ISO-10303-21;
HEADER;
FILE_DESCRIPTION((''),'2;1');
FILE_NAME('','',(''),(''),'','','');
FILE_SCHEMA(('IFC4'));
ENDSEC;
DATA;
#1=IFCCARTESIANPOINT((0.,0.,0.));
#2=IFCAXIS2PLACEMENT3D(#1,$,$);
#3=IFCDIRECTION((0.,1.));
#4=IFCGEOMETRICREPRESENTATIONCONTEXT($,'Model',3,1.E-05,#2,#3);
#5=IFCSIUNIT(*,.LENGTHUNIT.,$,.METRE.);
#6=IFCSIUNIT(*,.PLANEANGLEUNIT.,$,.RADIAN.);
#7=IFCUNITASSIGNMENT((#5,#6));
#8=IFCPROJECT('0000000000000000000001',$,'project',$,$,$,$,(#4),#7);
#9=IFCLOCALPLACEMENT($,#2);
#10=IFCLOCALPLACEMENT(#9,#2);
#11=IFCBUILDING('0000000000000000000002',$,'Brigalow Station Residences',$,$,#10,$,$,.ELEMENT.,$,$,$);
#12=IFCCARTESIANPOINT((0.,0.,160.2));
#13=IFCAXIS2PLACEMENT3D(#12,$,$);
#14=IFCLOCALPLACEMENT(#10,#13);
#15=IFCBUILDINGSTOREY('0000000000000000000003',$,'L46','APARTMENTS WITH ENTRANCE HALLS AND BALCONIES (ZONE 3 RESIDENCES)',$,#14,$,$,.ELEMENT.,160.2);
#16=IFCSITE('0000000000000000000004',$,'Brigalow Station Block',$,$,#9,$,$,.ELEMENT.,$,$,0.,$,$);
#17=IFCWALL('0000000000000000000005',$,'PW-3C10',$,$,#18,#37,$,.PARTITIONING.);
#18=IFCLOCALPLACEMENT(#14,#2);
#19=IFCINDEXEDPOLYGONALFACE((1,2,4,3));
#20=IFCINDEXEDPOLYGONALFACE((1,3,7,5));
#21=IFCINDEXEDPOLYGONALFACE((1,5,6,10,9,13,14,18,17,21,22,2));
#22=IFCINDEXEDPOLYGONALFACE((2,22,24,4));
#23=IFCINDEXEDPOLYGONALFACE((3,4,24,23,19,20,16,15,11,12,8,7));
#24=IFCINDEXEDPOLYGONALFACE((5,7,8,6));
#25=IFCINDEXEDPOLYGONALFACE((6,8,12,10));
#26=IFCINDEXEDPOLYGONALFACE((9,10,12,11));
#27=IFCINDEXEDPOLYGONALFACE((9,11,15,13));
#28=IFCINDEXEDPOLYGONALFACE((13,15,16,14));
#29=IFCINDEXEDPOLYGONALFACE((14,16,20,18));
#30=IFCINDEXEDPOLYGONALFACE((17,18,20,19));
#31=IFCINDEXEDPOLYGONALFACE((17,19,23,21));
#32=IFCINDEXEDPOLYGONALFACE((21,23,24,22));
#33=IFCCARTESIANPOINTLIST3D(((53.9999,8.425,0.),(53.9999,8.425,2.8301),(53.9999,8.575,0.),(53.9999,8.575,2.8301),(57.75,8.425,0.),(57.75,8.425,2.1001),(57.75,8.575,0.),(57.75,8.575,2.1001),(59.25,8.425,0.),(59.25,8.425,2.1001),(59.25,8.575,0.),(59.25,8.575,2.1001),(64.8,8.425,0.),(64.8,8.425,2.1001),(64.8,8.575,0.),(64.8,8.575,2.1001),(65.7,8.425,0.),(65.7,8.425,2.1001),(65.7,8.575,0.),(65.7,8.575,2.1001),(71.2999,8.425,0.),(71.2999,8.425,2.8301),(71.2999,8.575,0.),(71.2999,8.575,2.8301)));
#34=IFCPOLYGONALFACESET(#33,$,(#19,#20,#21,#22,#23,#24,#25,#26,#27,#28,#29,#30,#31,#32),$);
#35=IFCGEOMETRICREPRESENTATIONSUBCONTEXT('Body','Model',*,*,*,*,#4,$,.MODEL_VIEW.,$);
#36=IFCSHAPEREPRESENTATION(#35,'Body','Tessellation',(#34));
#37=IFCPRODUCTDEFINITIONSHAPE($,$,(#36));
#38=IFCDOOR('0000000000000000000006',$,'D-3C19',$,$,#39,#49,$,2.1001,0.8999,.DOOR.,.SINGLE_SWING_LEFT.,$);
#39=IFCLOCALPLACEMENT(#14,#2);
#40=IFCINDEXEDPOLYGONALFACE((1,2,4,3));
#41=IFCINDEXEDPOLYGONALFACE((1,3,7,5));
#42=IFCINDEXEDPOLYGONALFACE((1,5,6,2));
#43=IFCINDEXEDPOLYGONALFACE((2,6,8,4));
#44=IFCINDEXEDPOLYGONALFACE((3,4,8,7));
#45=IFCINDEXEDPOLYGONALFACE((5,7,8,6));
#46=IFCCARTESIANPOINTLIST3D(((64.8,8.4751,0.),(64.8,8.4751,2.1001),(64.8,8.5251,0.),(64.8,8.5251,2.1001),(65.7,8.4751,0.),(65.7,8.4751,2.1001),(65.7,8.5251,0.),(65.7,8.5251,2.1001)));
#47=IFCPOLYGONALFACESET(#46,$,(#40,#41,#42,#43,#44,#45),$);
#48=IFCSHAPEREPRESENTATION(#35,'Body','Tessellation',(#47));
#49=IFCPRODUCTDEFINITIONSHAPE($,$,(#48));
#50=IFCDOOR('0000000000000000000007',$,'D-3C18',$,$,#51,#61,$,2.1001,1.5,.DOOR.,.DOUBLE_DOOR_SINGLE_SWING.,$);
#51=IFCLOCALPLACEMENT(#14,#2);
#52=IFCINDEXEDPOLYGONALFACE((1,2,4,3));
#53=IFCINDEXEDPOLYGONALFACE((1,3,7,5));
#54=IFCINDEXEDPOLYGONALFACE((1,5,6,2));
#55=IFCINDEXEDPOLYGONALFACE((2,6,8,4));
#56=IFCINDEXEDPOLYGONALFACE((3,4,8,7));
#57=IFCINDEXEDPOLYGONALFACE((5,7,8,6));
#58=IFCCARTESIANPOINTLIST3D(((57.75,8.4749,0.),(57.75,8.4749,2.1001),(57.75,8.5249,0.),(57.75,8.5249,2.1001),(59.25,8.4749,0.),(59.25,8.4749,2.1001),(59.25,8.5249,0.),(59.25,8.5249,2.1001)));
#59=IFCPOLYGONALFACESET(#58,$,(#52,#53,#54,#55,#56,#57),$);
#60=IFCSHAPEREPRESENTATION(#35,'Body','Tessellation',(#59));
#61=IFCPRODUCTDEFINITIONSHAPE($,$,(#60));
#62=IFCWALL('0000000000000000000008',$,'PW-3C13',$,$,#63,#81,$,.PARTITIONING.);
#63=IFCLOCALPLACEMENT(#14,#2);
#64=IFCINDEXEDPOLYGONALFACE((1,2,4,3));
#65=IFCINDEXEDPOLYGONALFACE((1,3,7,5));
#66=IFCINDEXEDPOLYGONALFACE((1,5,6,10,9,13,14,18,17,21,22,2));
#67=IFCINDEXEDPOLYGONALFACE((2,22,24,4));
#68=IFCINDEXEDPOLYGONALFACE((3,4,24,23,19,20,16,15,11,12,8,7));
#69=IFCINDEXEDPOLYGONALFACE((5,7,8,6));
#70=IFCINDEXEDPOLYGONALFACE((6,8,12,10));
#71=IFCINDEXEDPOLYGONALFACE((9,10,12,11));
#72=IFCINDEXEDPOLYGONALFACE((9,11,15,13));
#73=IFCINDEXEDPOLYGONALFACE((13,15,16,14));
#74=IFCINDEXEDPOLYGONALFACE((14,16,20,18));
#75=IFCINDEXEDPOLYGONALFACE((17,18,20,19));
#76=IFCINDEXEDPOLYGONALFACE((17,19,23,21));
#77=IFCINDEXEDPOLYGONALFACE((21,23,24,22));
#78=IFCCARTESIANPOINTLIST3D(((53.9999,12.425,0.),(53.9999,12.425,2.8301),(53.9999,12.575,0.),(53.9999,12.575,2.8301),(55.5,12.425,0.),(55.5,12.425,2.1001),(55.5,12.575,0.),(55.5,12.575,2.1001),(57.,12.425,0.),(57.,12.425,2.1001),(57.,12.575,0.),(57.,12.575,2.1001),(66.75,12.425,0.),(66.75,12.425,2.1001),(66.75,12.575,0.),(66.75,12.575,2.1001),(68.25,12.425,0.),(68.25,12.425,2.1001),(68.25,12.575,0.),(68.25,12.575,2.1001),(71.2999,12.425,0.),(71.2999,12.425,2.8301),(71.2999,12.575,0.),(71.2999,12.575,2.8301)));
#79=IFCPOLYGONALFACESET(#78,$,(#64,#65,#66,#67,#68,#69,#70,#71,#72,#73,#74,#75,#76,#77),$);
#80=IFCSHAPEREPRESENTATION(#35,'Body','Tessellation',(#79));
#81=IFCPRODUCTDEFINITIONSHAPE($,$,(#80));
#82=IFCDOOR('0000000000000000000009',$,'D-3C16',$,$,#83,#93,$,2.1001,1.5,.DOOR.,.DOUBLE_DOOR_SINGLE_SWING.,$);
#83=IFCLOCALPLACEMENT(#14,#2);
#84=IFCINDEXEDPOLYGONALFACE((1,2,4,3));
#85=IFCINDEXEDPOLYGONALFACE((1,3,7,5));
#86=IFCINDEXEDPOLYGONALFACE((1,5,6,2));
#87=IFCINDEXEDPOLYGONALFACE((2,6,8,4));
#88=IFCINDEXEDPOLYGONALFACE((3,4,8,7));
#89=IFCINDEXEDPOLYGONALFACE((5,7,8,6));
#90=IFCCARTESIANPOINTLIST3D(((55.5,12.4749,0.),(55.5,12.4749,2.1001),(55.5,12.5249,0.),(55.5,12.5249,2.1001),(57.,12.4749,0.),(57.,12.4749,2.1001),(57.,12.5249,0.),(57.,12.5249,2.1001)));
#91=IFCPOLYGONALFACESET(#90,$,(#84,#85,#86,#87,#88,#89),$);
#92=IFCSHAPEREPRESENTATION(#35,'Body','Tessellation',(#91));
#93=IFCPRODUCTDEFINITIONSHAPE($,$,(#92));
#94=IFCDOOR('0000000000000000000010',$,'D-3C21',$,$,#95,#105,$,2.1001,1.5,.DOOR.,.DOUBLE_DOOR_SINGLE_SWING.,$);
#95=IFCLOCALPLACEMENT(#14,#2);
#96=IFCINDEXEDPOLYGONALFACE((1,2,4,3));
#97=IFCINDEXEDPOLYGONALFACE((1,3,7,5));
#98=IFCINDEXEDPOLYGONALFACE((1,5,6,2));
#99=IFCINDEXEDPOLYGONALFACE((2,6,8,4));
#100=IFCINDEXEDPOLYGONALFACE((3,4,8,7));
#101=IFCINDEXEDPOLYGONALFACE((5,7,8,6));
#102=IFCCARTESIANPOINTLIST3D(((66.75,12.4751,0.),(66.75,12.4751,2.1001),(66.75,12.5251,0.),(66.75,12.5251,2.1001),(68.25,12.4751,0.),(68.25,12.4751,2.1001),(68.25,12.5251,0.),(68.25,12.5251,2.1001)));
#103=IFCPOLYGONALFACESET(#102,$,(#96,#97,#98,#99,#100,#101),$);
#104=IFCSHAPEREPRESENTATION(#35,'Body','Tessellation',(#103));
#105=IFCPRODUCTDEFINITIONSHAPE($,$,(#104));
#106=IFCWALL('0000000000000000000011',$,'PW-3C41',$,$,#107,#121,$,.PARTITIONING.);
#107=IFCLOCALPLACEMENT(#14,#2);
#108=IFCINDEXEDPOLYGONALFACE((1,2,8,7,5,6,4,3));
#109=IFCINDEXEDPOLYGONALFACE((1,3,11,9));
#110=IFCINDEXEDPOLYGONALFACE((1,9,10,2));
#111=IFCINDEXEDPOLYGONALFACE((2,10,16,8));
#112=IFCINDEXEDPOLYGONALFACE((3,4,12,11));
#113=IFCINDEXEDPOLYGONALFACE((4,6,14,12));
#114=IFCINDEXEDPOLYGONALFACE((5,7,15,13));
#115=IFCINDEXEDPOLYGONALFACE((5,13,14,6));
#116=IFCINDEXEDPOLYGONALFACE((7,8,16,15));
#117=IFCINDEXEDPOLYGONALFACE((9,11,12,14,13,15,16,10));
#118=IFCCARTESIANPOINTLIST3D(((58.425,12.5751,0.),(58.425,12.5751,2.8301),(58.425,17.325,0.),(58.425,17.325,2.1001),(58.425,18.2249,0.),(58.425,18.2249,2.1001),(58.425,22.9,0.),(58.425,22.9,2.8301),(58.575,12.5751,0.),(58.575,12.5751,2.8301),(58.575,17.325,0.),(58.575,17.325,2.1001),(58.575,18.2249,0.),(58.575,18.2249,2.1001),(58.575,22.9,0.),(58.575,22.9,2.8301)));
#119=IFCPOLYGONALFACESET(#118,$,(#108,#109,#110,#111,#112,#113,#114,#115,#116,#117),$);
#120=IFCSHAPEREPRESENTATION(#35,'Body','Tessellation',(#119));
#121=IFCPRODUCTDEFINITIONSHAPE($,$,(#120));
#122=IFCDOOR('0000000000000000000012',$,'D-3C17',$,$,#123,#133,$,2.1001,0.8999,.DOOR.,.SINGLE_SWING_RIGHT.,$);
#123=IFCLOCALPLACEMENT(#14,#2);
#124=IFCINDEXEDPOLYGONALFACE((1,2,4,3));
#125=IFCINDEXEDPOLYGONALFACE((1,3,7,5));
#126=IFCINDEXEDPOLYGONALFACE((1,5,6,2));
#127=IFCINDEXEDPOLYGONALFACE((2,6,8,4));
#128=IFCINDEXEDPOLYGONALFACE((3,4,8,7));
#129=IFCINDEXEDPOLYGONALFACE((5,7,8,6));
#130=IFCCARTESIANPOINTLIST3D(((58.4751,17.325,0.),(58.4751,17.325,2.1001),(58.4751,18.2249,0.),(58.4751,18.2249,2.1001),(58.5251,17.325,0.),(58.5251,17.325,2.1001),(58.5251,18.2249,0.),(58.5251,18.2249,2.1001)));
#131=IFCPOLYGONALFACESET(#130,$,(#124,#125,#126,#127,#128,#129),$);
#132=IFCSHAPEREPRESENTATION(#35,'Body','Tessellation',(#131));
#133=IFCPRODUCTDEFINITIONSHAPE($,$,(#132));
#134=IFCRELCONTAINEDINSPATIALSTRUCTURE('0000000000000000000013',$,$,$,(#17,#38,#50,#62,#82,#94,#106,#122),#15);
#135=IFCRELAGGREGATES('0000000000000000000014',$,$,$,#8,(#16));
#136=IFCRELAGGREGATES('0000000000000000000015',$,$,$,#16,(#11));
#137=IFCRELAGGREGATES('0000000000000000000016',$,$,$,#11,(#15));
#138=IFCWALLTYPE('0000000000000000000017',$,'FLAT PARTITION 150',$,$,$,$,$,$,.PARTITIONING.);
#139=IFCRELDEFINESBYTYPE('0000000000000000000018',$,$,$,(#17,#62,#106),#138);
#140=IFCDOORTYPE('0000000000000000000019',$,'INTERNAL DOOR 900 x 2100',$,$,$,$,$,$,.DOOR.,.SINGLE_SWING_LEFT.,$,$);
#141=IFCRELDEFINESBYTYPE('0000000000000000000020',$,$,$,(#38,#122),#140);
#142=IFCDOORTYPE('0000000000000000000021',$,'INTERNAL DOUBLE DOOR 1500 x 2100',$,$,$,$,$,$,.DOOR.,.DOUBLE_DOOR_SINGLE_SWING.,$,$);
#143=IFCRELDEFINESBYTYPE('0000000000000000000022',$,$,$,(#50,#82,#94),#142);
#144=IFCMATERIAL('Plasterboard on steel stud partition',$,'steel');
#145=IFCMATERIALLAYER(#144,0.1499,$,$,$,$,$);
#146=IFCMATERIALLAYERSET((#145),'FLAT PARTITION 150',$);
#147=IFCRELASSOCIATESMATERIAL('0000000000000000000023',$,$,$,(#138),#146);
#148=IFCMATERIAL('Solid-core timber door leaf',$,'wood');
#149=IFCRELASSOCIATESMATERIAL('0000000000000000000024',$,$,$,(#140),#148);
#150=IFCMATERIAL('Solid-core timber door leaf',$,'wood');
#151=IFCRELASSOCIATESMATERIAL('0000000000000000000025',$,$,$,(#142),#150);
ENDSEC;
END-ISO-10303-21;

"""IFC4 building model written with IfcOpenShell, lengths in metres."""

from ifc_helpers import new_model, si_unit, direction, frame, frame_2d, origin, place, context, subcontext, project, spatial, rectangle, extrude, material, layer, layer_set, type_object, element, fill, save


model = new_model("IFC4")

# Units and contexts
model_context = context("Model", 3, precision=1e-05, world=origin(), true_north=direction((0.0, 1.0)))
body_context = subcontext(model_context, "Body", "Model", "MODEL_VIEW")
ifc_project = project(units=[si_unit("LENGTHUNIT", "METRE"), si_unit("PLANEANGLEUNIT", "RADIAN")], contexts=[model_context])

# Site, building, storey
site_placement = place(None, origin())
site = spatial("IfcSite", under=ifc_project, at=site_placement, Name="Brigalow Station Block", CompositionType="ELEMENT", RefElevation=0.0)
building_placement = place(site_placement, origin())
building = spatial("IfcBuilding", under=site, at=building_placement, Name="Brigalow Station Residences", CompositionType="ELEMENT")
storey_placement = place(building_placement, frame((0.0, 0.0, 160.2)))
storey = spatial("IfcBuildingStorey", under=building, at=storey_placement, Name="L46", Description="APARTMENTS WITH ENTRANCE HALLS AND BALCONIES (ZONE 3 RESIDENCES)", CompositionType="ELEMENT", Elevation=160.2)

# Walls, openings, doors
ifc_material_1 = material(Name="Plasterboard on steel stud partition", Category="steel")
ifc_layer_1 = layer(ifc_material_1, 0.1499)
ifc_layer_set_1 = layer_set([ifc_layer_1], Name="FLAT PARTITION 150")
wall_type_1 = type_object("IfcWallType", Name="FLAT PARTITION 150", PredefinedType="PARTITIONING", material=ifc_layer_set_1)
wall_1_placement = place(storey_placement, frame((54.0, 8.5, 0.0), z_axis=(0.0, 0.0, 1.0), x_axis=(1.0, 0.0, 0.0)))
wall_1 = element("IfcWall", 1, at=wall_1_placement, inside=storey, type_object=wall_type_1, Name="PW-3C10", PredefinedType="PARTITIONING", context=body_context, shape_type="SweptSolid", body=[
    extrude(rectangle(XDim=17.3, YDim=0.1499, at=frame_2d((8.6499, 0.0))), origin(), (0.0, 0.0, 1.0), 2.8301),
])
opening_1_placement = place(wall_1_placement, frame((3.75, 0.0, 0.0)))
opening_1 = element("IfcOpeningElement", 2, at=opening_1_placement, cuts=wall_1, PredefinedType="OPENING", context=body_context, shape_type="SweptSolid", body=[
    extrude(rectangle(XDim=1.5, YDim=2.1001, at=frame_2d((0.75, 1.05))), frame((0.0, 0.085, 0.0), z_axis=(0.0, -1.0, 0.0), x_axis=(1.0, 0.0, 0.0)), (0.0, 0.0, 1.0), 0.1699),
])
opening_2_placement = place(wall_1_placement, frame((10.8, 0.0, 0.0)))
opening_2 = element("IfcOpeningElement", 3, at=opening_2_placement, cuts=wall_1, PredefinedType="OPENING", context=body_context, shape_type="SweptSolid", body=[
    extrude(rectangle(XDim=0.8999, YDim=2.1001, at=frame_2d((0.45, 1.05))), frame((0.0, 0.085, 0.0), z_axis=(0.0, -1.0, 0.0), x_axis=(1.0, 0.0, 0.0)), (0.0, 0.0, 1.0), 0.1699),
])
ifc_material_2 = material(Name="Solid-core timber door leaf", Category="wood")
door_type_1 = type_object("IfcDoorType", Name="INTERNAL DOOR 900 x 2100", OperationType="SINGLE_SWING_LEFT", PredefinedType="DOOR", material=ifc_material_2)
door_1_placement = place(opening_2_placement, frame((0.8999, 0.0, 0.0), z_axis=(0.0, 0.0, 1.0), x_axis=(-1.0, 0.0, 0.0)))
door_1 = element("IfcDoor", 4, at=door_1_placement, inside=storey, type_object=door_type_1, Name="D-3C19", OperationType="SINGLE_SWING_LEFT", OverallHeight=2.1001, OverallWidth=0.8999, PredefinedType="DOOR", context=body_context, shape_type="SweptSolid", body=[
    extrude(rectangle(XDim=0.8999, YDim=2.1001, at=frame_2d((0.45, 1.05))), frame((0.0, 0.0249, 0.0), z_axis=(0.0, -1.0, 0.0), x_axis=(1.0, 0.0, 0.0)), (0.0, 0.0, 1.0), 0.05),
])
fill(opening_2, door_1)
ifc_material_3 = material(Name="Solid-core timber door leaf", Category="wood")
door_type_2 = type_object("IfcDoorType", Name="INTERNAL DOUBLE DOOR 1500 x 2100", OperationType="DOUBLE_DOOR_SINGLE_SWING", PredefinedType="DOOR", material=ifc_material_3)
door_2_placement = place(opening_1_placement, origin())
door_2 = element("IfcDoor", 5, at=door_2_placement, inside=storey, type_object=door_type_2, Name="D-3C18", OperationType="DOUBLE_DOOR_SINGLE_SWING", OverallHeight=2.1001, OverallWidth=1.5, PredefinedType="DOOR", context=body_context, shape_type="SweptSolid", body=[
    extrude(rectangle(XDim=1.5, YDim=2.1001, at=frame_2d((0.75, 1.05))), frame((0.0, 0.0249, 0.0), z_axis=(0.0, -1.0, 0.0), x_axis=(1.0, 0.0, 0.0)), (0.0, 0.0, 1.0), 0.05),
])
fill(opening_1, door_2)
wall_2_placement = place(storey_placement, frame((54.0, 12.5, 0.0), z_axis=(0.0, 0.0, 1.0), x_axis=(1.0, 0.0, 0.0)))
wall_2 = element("IfcWall", 6, at=wall_2_placement, inside=storey, type_object=wall_type_1, Name="PW-3C13", PredefinedType="PARTITIONING", context=body_context, shape_type="SweptSolid", body=[
    extrude(rectangle(XDim=17.3, YDim=0.1499, at=frame_2d((8.6499, 0.0))), origin(), (0.0, 0.0, 1.0), 2.8301),
])
opening_3_placement = place(wall_2_placement, frame((1.5, 0.0, 0.0)))
opening_3 = element("IfcOpeningElement", 7, at=opening_3_placement, cuts=wall_2, PredefinedType="OPENING", context=body_context, shape_type="SweptSolid", body=[
    extrude(rectangle(XDim=1.5, YDim=2.1001, at=frame_2d((0.75, 1.05))), frame((0.0, 0.085, 0.0), z_axis=(0.0, -1.0, 0.0), x_axis=(1.0, 0.0, 0.0)), (0.0, 0.0, 1.0), 0.1699),
])
opening_4_placement = place(wall_2_placement, frame((12.75, 0.0, 0.0)))
opening_4 = element("IfcOpeningElement", 8, at=opening_4_placement, cuts=wall_2, PredefinedType="OPENING", context=body_context, shape_type="SweptSolid", body=[
    extrude(rectangle(XDim=1.5, YDim=2.1001, at=frame_2d((0.75, 1.05))), frame((0.0, 0.085, 0.0), z_axis=(0.0, -1.0, 0.0), x_axis=(1.0, 0.0, 0.0)), (0.0, 0.0, 1.0), 0.1699),
])
door_3_placement = place(opening_3_placement, origin())
door_3 = element("IfcDoor", 9, at=door_3_placement, inside=storey, type_object=door_type_2, Name="D-3C16", OperationType="DOUBLE_DOOR_SINGLE_SWING", OverallHeight=2.1001, OverallWidth=1.5, PredefinedType="DOOR", context=body_context, shape_type="SweptSolid", body=[
    extrude(rectangle(XDim=1.5, YDim=2.1001, at=frame_2d((0.75, 1.05))), frame((0.0, 0.0249, 0.0), z_axis=(0.0, -1.0, 0.0), x_axis=(1.0, 0.0, 0.0)), (0.0, 0.0, 1.0), 0.05),
])
fill(opening_3, door_3)
door_4_placement = place(opening_4_placement, frame((1.5, 0.0, 0.0), z_axis=(0.0, 0.0, 1.0), x_axis=(-1.0, 0.0, 0.0)))
door_4 = element("IfcDoor", 10, at=door_4_placement, inside=storey, type_object=door_type_2, Name="D-3C21", OperationType="DOUBLE_DOOR_SINGLE_SWING", OverallHeight=2.1001, OverallWidth=1.5, PredefinedType="DOOR", context=body_context, shape_type="SweptSolid", body=[
    extrude(rectangle(XDim=1.5, YDim=2.1001, at=frame_2d((0.75, 1.05))), frame((0.0, 0.0249, 0.0), z_axis=(0.0, -1.0, 0.0), x_axis=(1.0, 0.0, 0.0)), (0.0, 0.0, 1.0), 0.05),
])
fill(opening_4, door_4)

# Wall, opening, door
wall_3_placement = place(storey_placement, frame((58.5, 12.575, 0.0), z_axis=(0.0, 0.0, 1.0), x_axis=(0.0, 1.0, 0.0)))
wall_3 = element("IfcWall", 11, at=wall_3_placement, inside=storey, type_object=wall_type_1, Name="PW-3C41", PredefinedType="PARTITIONING", context=body_context, shape_type="SweptSolid", body=[
    extrude(rectangle(XDim=10.325, YDim=0.1499, at=frame_2d((5.1626, 0.0))), origin(), (0.0, 0.0, 1.0), 2.8301),
])
opening_5_placement = place(wall_3_placement, frame((4.75, 0.0, 0.0)))
opening_5 = element("IfcOpeningElement", 12, at=opening_5_placement, cuts=wall_3, PredefinedType="OPENING", context=body_context, shape_type="SweptSolid", body=[
    extrude(rectangle(XDim=0.8999, YDim=2.1001, at=frame_2d((0.45, 1.05))), frame((0.0, 0.085, 0.0), z_axis=(0.0, -1.0, 0.0), x_axis=(1.0, 0.0, 0.0)), (0.0, 0.0, 1.0), 0.1699),
])
door_5_placement = place(opening_5_placement, origin())
door_5 = element("IfcDoor", 13, at=door_5_placement, inside=storey, type_object=door_type_1, Name="D-3C17", OperationType="SINGLE_SWING_RIGHT", OverallHeight=2.1001, OverallWidth=0.8999, PredefinedType="DOOR", context=body_context, shape_type="SweptSolid", body=[
    extrude(rectangle(XDim=0.8999, YDim=2.1001, at=frame_2d((0.45, 1.05))), frame((0.0, 0.0249, 0.0), z_axis=(0.0, -1.0, 0.0), x_axis=(1.0, 0.0, 0.0)), (0.0, 0.0, 1.0), 0.05),
])
fill(opening_5, door_5)

save(model, "model.ifc")
